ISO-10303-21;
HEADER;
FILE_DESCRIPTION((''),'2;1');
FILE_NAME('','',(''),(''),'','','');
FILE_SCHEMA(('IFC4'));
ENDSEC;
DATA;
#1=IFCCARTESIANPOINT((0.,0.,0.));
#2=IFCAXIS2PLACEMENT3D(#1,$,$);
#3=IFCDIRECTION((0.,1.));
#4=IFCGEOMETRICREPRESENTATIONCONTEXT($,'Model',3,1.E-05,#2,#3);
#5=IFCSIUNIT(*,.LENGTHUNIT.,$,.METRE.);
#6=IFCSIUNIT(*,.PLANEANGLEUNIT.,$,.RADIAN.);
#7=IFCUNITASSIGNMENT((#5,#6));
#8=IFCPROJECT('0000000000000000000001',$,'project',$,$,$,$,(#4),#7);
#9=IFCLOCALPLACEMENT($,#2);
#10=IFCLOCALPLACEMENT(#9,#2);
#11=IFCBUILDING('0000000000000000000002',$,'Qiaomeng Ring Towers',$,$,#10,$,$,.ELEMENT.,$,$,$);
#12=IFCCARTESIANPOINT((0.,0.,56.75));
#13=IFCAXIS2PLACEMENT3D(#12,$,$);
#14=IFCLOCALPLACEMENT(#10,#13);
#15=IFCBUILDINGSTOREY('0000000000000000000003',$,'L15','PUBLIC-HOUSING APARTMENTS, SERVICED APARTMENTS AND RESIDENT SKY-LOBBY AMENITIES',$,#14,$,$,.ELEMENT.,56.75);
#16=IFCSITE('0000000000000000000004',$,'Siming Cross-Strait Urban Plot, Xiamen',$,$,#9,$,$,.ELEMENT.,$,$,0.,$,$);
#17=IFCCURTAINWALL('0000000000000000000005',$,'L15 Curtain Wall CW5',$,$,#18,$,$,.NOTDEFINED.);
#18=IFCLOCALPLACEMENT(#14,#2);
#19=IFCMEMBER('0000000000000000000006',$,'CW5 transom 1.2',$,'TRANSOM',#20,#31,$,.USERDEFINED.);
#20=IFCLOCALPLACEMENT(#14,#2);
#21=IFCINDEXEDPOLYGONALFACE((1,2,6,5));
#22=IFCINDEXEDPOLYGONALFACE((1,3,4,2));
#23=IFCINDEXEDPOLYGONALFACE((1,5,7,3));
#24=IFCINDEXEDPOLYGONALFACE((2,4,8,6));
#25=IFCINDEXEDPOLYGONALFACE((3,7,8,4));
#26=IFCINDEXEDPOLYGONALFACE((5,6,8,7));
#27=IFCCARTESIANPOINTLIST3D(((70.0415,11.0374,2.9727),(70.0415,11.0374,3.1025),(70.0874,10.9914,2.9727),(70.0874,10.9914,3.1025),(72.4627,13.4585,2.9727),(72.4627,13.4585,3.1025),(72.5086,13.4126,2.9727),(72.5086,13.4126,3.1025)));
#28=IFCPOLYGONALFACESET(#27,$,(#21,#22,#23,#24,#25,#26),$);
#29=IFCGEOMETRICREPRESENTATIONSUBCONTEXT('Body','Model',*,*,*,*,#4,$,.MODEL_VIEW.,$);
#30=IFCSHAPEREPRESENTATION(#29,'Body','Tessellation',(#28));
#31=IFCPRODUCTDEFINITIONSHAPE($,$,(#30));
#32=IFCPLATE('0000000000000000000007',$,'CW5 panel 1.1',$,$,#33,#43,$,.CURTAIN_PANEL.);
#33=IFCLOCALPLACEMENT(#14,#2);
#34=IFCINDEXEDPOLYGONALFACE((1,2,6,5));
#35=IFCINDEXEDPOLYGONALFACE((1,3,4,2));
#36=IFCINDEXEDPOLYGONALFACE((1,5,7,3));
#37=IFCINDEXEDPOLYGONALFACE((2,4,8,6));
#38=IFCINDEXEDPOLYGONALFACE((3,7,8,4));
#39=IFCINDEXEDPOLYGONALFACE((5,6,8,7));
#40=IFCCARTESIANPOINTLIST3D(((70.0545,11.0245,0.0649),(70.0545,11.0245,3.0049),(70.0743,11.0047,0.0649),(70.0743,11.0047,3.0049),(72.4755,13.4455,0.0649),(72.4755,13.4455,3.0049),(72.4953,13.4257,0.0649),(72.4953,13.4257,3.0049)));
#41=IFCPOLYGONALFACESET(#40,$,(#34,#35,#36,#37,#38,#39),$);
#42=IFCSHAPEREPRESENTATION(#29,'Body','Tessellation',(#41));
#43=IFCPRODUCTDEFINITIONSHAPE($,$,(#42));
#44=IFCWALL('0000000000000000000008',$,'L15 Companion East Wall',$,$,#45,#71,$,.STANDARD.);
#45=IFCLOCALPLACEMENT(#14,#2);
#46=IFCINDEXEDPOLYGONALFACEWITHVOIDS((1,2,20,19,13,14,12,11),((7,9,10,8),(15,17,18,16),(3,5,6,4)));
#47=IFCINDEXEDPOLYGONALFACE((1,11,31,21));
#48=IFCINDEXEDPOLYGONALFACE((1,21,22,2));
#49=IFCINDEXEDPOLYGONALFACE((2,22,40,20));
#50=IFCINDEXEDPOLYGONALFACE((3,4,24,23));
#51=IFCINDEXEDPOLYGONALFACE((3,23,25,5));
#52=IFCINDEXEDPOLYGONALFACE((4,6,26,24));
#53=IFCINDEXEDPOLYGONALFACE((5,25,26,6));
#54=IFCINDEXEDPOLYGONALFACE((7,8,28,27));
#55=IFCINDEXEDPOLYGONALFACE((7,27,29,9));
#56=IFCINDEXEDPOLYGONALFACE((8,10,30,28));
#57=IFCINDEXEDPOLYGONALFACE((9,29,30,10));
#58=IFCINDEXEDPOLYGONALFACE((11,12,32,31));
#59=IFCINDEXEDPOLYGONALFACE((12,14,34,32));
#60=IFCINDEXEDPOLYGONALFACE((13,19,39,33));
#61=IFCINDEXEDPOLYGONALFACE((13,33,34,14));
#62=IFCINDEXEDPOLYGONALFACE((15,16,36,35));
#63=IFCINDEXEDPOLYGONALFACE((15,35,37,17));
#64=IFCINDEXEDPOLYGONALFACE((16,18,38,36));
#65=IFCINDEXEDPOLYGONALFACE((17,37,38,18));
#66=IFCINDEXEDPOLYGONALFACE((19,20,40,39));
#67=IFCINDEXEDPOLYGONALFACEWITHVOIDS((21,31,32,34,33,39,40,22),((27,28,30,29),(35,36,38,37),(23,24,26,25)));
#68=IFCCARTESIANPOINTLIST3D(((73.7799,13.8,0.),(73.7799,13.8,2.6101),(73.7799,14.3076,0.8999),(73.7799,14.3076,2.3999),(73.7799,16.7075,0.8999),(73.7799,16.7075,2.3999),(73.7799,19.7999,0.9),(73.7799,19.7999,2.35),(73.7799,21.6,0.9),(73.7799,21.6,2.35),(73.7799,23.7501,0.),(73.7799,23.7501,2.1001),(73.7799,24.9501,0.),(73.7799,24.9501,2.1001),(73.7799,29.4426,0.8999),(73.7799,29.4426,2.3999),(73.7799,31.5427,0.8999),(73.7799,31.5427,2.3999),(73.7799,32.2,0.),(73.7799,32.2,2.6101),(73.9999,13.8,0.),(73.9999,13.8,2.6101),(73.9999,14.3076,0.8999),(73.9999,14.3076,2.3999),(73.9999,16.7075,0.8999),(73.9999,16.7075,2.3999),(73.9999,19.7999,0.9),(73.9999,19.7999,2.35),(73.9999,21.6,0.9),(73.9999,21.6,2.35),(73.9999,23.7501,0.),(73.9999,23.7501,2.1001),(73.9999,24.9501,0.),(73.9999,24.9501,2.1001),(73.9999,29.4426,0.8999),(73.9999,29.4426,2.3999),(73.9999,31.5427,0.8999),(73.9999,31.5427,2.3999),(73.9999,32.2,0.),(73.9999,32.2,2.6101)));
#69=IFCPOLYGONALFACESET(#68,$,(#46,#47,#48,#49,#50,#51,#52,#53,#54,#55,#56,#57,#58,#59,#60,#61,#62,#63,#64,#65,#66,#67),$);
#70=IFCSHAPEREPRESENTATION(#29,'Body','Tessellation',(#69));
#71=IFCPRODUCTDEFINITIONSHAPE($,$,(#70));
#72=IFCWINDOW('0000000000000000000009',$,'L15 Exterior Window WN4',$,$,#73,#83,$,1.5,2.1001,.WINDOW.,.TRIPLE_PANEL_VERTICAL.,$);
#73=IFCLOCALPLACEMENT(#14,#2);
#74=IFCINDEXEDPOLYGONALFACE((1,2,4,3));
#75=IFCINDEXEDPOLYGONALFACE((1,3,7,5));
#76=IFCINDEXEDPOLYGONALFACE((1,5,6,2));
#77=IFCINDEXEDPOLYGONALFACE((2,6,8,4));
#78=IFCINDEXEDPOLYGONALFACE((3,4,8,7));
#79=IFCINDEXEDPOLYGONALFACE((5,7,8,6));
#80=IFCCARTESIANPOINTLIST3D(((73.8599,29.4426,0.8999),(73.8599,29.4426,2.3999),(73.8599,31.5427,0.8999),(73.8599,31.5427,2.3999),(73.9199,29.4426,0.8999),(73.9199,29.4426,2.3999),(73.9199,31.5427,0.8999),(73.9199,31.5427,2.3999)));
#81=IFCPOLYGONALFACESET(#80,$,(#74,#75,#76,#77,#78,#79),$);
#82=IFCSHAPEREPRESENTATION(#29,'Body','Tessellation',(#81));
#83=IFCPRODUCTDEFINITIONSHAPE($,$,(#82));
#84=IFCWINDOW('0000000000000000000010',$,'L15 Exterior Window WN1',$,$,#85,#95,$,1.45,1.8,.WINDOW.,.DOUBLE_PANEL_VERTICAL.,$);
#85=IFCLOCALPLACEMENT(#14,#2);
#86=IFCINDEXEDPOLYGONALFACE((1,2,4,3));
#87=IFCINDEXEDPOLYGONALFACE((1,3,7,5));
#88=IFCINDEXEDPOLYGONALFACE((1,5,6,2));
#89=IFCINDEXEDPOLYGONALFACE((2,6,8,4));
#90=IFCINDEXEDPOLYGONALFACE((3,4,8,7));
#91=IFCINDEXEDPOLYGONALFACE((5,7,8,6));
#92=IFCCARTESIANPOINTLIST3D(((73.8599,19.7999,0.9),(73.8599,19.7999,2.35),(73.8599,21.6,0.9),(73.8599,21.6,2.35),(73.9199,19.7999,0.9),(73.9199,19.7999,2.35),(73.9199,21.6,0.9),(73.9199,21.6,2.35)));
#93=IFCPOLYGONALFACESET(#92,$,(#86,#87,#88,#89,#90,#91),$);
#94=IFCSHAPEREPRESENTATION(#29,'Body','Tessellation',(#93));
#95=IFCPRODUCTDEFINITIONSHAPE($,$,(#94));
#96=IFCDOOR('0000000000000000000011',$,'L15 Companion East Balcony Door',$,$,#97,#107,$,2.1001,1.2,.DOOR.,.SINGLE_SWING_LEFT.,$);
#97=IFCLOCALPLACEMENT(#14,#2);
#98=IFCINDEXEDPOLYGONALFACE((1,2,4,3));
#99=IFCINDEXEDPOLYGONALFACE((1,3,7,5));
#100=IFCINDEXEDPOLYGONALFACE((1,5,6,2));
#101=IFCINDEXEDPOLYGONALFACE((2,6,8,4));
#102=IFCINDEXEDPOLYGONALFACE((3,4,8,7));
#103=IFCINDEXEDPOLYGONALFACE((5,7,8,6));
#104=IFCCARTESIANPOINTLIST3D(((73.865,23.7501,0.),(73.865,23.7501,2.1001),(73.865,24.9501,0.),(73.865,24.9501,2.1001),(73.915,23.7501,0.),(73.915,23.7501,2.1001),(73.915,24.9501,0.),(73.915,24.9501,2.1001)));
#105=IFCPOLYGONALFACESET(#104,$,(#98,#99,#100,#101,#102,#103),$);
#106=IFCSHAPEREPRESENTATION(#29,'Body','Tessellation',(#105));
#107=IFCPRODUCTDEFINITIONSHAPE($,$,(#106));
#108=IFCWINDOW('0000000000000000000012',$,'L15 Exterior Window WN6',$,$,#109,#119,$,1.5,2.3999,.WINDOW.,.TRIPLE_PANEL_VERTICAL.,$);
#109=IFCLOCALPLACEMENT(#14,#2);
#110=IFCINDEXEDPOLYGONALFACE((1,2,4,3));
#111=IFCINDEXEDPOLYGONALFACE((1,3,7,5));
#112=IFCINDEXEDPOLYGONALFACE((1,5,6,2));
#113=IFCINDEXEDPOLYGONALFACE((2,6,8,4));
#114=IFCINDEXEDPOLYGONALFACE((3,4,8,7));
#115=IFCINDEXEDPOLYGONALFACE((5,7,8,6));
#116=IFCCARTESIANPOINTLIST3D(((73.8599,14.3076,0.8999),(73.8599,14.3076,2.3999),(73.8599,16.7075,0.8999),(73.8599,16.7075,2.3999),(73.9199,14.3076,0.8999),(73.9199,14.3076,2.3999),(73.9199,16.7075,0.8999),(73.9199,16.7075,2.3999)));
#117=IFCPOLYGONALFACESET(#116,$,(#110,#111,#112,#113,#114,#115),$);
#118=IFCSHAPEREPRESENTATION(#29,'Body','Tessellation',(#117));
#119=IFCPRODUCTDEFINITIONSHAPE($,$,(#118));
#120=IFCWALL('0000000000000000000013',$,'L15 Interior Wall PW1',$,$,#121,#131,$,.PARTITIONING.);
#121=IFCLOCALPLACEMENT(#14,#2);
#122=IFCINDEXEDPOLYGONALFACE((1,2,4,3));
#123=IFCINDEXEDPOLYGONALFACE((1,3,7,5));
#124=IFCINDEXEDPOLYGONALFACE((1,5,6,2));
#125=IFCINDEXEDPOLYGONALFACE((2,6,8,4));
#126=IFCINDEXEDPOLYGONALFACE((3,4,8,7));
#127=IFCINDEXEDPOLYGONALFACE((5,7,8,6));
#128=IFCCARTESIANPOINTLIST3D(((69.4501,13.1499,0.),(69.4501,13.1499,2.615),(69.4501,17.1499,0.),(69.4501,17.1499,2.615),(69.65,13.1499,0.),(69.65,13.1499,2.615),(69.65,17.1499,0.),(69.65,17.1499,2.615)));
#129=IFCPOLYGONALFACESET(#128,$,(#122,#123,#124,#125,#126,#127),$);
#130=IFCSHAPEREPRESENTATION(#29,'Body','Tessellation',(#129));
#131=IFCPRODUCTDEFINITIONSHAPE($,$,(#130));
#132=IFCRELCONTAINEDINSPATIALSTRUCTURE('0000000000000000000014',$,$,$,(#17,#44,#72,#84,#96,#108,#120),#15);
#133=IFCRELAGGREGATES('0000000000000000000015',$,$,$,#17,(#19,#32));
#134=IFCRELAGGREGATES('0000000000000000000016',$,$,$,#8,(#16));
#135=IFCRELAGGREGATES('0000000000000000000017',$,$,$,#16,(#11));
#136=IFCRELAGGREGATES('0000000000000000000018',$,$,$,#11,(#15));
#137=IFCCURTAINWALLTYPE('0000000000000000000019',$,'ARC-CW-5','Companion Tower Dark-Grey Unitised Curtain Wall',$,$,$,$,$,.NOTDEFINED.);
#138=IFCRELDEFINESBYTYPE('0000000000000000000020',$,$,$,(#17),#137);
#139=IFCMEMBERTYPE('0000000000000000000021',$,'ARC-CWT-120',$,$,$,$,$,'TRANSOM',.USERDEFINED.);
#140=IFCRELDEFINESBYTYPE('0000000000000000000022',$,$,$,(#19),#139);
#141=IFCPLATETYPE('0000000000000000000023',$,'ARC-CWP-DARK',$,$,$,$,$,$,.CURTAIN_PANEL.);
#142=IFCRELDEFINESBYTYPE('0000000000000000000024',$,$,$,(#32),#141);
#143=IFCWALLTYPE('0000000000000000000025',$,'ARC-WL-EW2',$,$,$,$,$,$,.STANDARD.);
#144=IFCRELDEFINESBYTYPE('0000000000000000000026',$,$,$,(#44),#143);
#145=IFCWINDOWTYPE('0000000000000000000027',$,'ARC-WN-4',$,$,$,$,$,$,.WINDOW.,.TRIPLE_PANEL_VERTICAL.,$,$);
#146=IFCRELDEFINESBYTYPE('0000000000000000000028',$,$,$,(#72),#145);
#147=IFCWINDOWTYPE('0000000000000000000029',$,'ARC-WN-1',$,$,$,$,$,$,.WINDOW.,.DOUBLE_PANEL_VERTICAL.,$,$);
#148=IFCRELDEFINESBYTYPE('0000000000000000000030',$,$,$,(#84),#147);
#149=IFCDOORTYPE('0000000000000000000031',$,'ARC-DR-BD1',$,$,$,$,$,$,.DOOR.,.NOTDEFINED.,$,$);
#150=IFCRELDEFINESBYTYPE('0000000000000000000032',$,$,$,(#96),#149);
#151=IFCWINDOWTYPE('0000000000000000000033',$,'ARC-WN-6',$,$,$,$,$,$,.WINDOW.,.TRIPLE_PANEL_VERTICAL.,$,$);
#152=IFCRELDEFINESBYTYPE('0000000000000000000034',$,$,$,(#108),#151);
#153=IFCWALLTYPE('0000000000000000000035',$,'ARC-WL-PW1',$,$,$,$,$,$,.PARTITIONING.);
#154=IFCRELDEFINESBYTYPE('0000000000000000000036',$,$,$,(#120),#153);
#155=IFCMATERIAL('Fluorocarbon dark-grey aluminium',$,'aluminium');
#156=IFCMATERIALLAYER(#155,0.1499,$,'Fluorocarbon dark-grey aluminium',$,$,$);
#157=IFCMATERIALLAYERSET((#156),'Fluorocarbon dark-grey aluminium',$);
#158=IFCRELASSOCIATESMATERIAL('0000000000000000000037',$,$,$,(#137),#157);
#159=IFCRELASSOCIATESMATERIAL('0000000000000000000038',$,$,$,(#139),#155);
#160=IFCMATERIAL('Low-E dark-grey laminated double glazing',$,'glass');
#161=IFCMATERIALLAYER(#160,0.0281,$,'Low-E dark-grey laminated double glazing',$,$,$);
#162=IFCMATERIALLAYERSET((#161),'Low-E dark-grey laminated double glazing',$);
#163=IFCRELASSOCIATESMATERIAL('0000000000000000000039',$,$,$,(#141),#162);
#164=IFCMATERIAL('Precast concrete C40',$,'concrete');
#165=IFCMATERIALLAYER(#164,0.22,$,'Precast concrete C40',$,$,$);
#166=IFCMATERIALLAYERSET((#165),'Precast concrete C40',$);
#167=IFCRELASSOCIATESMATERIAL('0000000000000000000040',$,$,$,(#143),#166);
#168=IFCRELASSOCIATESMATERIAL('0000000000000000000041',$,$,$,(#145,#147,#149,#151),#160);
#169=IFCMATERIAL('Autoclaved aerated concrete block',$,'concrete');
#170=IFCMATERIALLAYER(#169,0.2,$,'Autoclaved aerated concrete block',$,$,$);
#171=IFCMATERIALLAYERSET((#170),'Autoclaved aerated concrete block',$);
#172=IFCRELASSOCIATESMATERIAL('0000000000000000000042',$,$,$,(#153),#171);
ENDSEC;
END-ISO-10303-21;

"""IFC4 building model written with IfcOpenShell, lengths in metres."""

from ifc_helpers import new_model, si_unit, direction, frame, frame_2d, origin, origin_2d, place, context, subcontext, project, spatial, rectangle, extrude, source, transform, mapped, material, layer, layer_set, material_profile, profile_set, type_object, element, fill, aggregate, save


model = new_model("IFC4")

# Units and contexts
model_context = context("Model", 3, precision=1e-05, world=origin(), true_north=direction((0.0, 1.0)))
body_context = subcontext(model_context, "Body", "Model", "MODEL_VIEW")
ifc_project = project(units=[si_unit("LENGTHUNIT", "METRE"), si_unit("PLANEANGLEUNIT", "RADIAN")], contexts=[model_context])

# Site, building, storey
site_placement = place(None, origin())
site = spatial("IfcSite", under=ifc_project, at=site_placement, Name="Siming Cross-Strait Urban Plot, Xiamen", CompositionType="ELEMENT", RefElevation=0.0)
building_placement = place(site_placement, origin())
building = spatial("IfcBuilding", under=site, at=building_placement, Name="Qiaomeng Ring Towers", CompositionType="ELEMENT")
storey_placement = place(building_placement, frame((0.0, 0.0, 56.75)))
storey = spatial("IfcBuildingStorey", under=building, at=storey_placement, Name="L15", Description="PUBLIC-HOUSING APARTMENTS, SERVICED APARTMENTS AND RESIDENT SKY-LOBBY AMENITIES", CompositionType="ELEMENT", Elevation=56.75)

# Curtain wall
ifc_material_1 = material(Name="Fluorocarbon dark-grey aluminium", Category="aluminium")
ifc_layer_1 = layer(ifc_material_1, 0.1499, Name="Fluorocarbon dark-grey aluminium")
ifc_layer_set_1 = layer_set([ifc_layer_1], Name="Fluorocarbon dark-grey aluminium")
curtain_wall_type = type_object("IfcCurtainWallType", Name="ARC-CW-5", Description="Companion Tower Dark-Grey Unitised Curtain Wall", PredefinedType="NOTDEFINED", material=ifc_layer_set_1)
curtain_wall_1_placement = place(storey_placement, origin())
curtain_wall_1 = element("IfcCurtainWall", 1, at=curtain_wall_1_placement, inside=storey, type_object=curtain_wall_type, Name="L15 Curtain Wall CW5", PredefinedType="NOTDEFINED")

# Member
ifc_material_profile_1 = material_profile(ifc_material_1, rectangle(XDim=0.0649, YDim=0.1299, at=origin_2d()), Name="ALU TRAN 65x130")
ifc_profile_set_1 = profile_set([ifc_material_profile_1], Name="Fluorocarbon dark-grey aluminium")
member_type_1 = type_object("IfcMemberType", Name="ARC-CWT-120", ElementType="TRANSOM", PredefinedType="USERDEFINED", material=ifc_profile_set_1)
shared_shape_1 = source(origin(), body_context, "Body", "SweptSolid", [
    extrude(rectangle(XDim=0.0649, YDim=0.1299, at=origin_2d()), origin(), (0.0, 0.0, 1.0), 3.4241),
])
member_1_placement = place(storey_placement, frame((70.0645, 11.0144, 3.0376), z_axis=(0.707107, 0.707107, 0.0), x_axis=(-0.707107, 0.707107, 0.0)))
member_1 = element("IfcMember", 2, at=member_1_placement, type_object=member_type_1, Name="CW5 transom 1.2", ObjectType="TRANSOM", PredefinedType="USERDEFINED", context=body_context, shape_type="MappedRepresentation", body=[
    mapped(shared_shape_1, transform((0.0, 0.0, 0.0), x_axis=(1.0, 0.0, 0.0), y_axis=(0.0, 1.0, 0.0), z_axis=(0.0, 0.0, 1.0), scale=1.0)),
])

# Plate
ifc_material_2 = material(Name="Low-E dark-grey laminated double glazing", Category="glass")
ifc_layer_2 = layer(ifc_material_2, 0.0281, Name="Low-E dark-grey laminated double glazing")
ifc_layer_set_2 = layer_set([ifc_layer_2], Name="Low-E dark-grey laminated double glazing")
plate_type = type_object("IfcPlateType", Name="ARC-CWP-DARK", PredefinedType="CURTAIN_PANEL", material=ifc_layer_set_2)
shared_shape_2 = source(origin(), body_context, "Body", "SweptSolid", [
    extrude(rectangle(XDim=3.4238, YDim=0.0281, at=origin_2d()), origin(), (0.0, 0.0, 1.0), 2.9399),
])
plate_placement = place(storey_placement, frame((71.2749, 12.2251, 0.0649), z_axis=(0.0, 0.0, 1.0), x_axis=(0.707107, 0.707107, 0.0)))
plate = element("IfcPlate", 3, at=plate_placement, type_object=plate_type, Name="CW5 panel 1.1", PredefinedType="CURTAIN_PANEL", context=body_context, shape_type="MappedRepresentation", body=[
    mapped(shared_shape_2, transform((0.0, 0.0, 0.0), x_axis=(1.0, 0.0, 0.0), y_axis=(0.0, 1.0, 0.0), z_axis=(0.0, 0.0, 1.0), scale=1.0)),
])
aggregate(curtain_wall_1, [member_1, plate])

# Wall, openings, windows, door
ifc_material_3 = material(Name="Precast concrete C40", Category="concrete")
ifc_layer_3 = layer(ifc_material_3, 0.22, Name="Precast concrete C40")
ifc_layer_set_3 = layer_set([ifc_layer_3], Name="Precast concrete C40")
wall_type_1 = type_object("IfcWallType", Name="ARC-WL-EW2", PredefinedType="STANDARD", material=ifc_layer_set_3)
wall_1_placement = place(storey_placement, frame((73.8899, 13.8, 0.0), z_axis=(0.0, 0.0, 1.0), x_axis=(0.0, 1.0, 0.0)))
wall_1 = element("IfcWall", 4, at=wall_1_placement, inside=storey, type_object=wall_type_1, Name="L15 Companion East Wall", PredefinedType="STANDARD", context=body_context, shape_type="SweptSolid", body=[
    extrude(rectangle(XDim=18.3999, YDim=0.22, at=frame_2d((9.2, 0.0))), origin(), (0.0, 0.0, 1.0), 2.6101),
])
opening_1_placement = place(wall_1_placement, frame((9.95, 0.0, 0.0)))
opening_1 = element("IfcOpeningElement", 5, at=opening_1_placement, cuts=wall_1, PredefinedType="OPENING", context=body_context, shape_type="SweptSolid", body=[
    extrude(rectangle(XDim=1.2, YDim=2.1001, at=frame_2d((0.6001, 1.05))), frame((0.0, 0.1199, 0.0), z_axis=(0.0, -1.0, 0.0), x_axis=(1.0, 0.0, 0.0)), (0.0, 0.0, 1.0), 0.24),
])
opening_2_placement = place(wall_1_placement, frame((0.5076, 0.0, 0.8999)))
opening_2 = element("IfcOpeningElement", 6, at=opening_2_placement, cuts=wall_1, PredefinedType="OPENING", context=body_context, shape_type="SweptSolid", body=[
    extrude(rectangle(XDim=2.3999, YDim=1.5, at=frame_2d((1.2, 0.75))), frame((0.0, 0.1199, 0.0), z_axis=(0.0, -1.0, 0.0), x_axis=(1.0, 0.0, 0.0)), (0.0, 0.0, 1.0), 0.24),
])
opening_3_placement = place(wall_1_placement, frame((6.0, 0.0, 0.8999)))
opening_3 = element("IfcOpeningElement", 7, at=opening_3_placement, cuts=wall_1, PredefinedType="OPENING", context=body_context, shape_type="SweptSolid", body=[
    extrude(rectangle(XDim=1.8, YDim=1.45, at=frame_2d((0.8999, 0.7251))), frame((0.0, 0.1199, 0.0), z_axis=(0.0, -1.0, 0.0), x_axis=(1.0, 0.0, 0.0)), (0.0, 0.0, 1.0), 0.24),
])
opening_4_placement = place(wall_1_placement, frame((15.6426, 0.0, 0.8999)))
opening_4 = element("IfcOpeningElement", 8, at=opening_4_placement, cuts=wall_1, PredefinedType="OPENING", context=body_context, shape_type="SweptSolid", body=[
    extrude(rectangle(XDim=2.1001, YDim=1.5, at=frame_2d((1.05, 0.75))), frame((0.0, 0.1199, 0.0), z_axis=(0.0, -1.0, 0.0), x_axis=(1.0, 0.0, 0.0)), (0.0, 0.0, 1.0), 0.24),
])
window_type_1 = type_object("IfcWindowType", Name="ARC-WN-4", PartitioningType="TRIPLE_PANEL_VERTICAL", PredefinedType="WINDOW", material=ifc_material_2)
shared_shape_3 = source(origin(), body_context, "Body", "SweptSolid", [
    extrude(rectangle(XDim=2.1001, YDim=1.5, at=frame_2d((1.05, 0.75))), frame((0.0, 0.03, 0.0), z_axis=(0.0, -1.0, 0.0), x_axis=(1.0, 0.0, 0.0)), (0.0, 0.0, 1.0), 0.0601),
])
window_1_placement = place(opening_4_placement, origin())
window_1 = element("IfcWindow", 9, at=window_1_placement, inside=storey, type_object=window_type_1, Name="L15 Exterior Window WN4", OverallHeight=1.5, OverallWidth=2.1001, PartitioningType="TRIPLE_PANEL_VERTICAL", PredefinedType="WINDOW", context=body_context, shape_type="MappedRepresentation", body=[
    mapped(shared_shape_3, transform((0.0, 0.0, 0.0), x_axis=(1.0, 0.0, 0.0), y_axis=(0.0, 1.0, 0.0), z_axis=(0.0, 0.0, 1.0), scale=1.0)),
])
fill(opening_4, window_1)
window_type_2 = type_object("IfcWindowType", Name="ARC-WN-1", PartitioningType="DOUBLE_PANEL_VERTICAL", PredefinedType="WINDOW", material=ifc_material_2)
shared_shape_4 = source(origin(), body_context, "Body", "SweptSolid", [
    extrude(rectangle(XDim=1.8, YDim=1.45, at=frame_2d((0.8999, 0.7251))), frame((0.0, 0.03, 0.0), z_axis=(0.0, -1.0, 0.0), x_axis=(1.0, 0.0, 0.0)), (0.0, 0.0, 1.0), 0.0601),
])
window_2_placement = place(opening_3_placement, origin())
window_2 = element("IfcWindow", 10, at=window_2_placement, inside=storey, type_object=window_type_2, Name="L15 Exterior Window WN1", OverallHeight=1.45, OverallWidth=1.8, PartitioningType="DOUBLE_PANEL_VERTICAL", PredefinedType="WINDOW", context=body_context, shape_type="MappedRepresentation", body=[
    mapped(shared_shape_4, transform((0.0, 0.0, 0.0), x_axis=(1.0, 0.0, 0.0), y_axis=(0.0, 1.0, 0.0), z_axis=(0.0, 0.0, 1.0), scale=1.0)),
])
fill(opening_3, window_2)
door_type_1 = type_object("IfcDoorType", Name="ARC-DR-BD1", OperationType="NOTDEFINED", PredefinedType="DOOR", material=ifc_material_2)
shared_shape_5 = source(origin(), body_context, "Body", "SweptSolid", [
    extrude(rectangle(XDim=1.2, YDim=2.1001, at=frame_2d((0.6001, 1.05))), frame((0.0, 0.0249, 0.0), z_axis=(0.0, -1.0, 0.0), x_axis=(1.0, 0.0, 0.0)), (0.0, 0.0, 1.0), 0.05),
])
door_1_placement = place(opening_1_placement, origin())
door_1 = element("IfcDoor", 11, at=door_1_placement, inside=storey, type_object=door_type_1, Name="L15 Companion East Balcony Door", OperationType="SINGLE_SWING_LEFT", OverallHeight=2.1001, OverallWidth=1.2, PredefinedType="DOOR", context=body_context, shape_type="MappedRepresentation", body=[
    mapped(shared_shape_5, transform((0.0, 0.0, 0.0), x_axis=(1.0, 0.0, 0.0), y_axis=(0.0, 1.0, 0.0), z_axis=(0.0, 0.0, 1.0), scale=1.0)),
])
fill(opening_1, door_1)
window_type_3 = type_object("IfcWindowType", Name="ARC-WN-6", PartitioningType="TRIPLE_PANEL_VERTICAL", PredefinedType="WINDOW", material=ifc_material_2)
shared_shape_6 = source(origin(), body_context, "Body", "SweptSolid", [
    extrude(rectangle(XDim=2.3999, YDim=1.5, at=frame_2d((1.2, 0.75))), frame((0.0, 0.03, 0.0), z_axis=(0.0, -1.0, 0.0), x_axis=(1.0, 0.0, 0.0)), (0.0, 0.0, 1.0), 0.0601),
])
window_3_placement = place(opening_2_placement, origin())
window_3 = element("IfcWindow", 12, at=window_3_placement, inside=storey, type_object=window_type_3, Name="L15 Exterior Window WN6", OverallHeight=1.5, OverallWidth=2.3999, PartitioningType="TRIPLE_PANEL_VERTICAL", PredefinedType="WINDOW", context=body_context, shape_type="MappedRepresentation", body=[
    mapped(shared_shape_6, transform((0.0, 0.0, 0.0), x_axis=(1.0, 0.0, 0.0), y_axis=(0.0, 1.0, 0.0), z_axis=(0.0, 0.0, 1.0), scale=1.0)),
])
fill(opening_2, window_3)

# Wall
ifc_material_4 = material(Name="Autoclaved aerated concrete block", Category="concrete")
ifc_layer_4 = layer(ifc_material_4, 0.2, Name="Autoclaved aerated concrete block")
ifc_layer_set_4 = layer_set([ifc_layer_4], Name="Autoclaved aerated concrete block")
wall_type_2 = type_object("IfcWallType", Name="ARC-WL-PW1", PredefinedType="PARTITIONING", material=ifc_layer_set_4)
wall_2_placement = place(storey_placement, frame((69.55, 13.1499, 0.0), z_axis=(0.0, 0.0, 1.0), x_axis=(0.0, 1.0, 0.0)))
element("IfcWall", 13, at=wall_2_placement, inside=storey, type_object=wall_type_2, Name="L15 Interior Wall PW1", PredefinedType="PARTITIONING", context=body_context, shape_type="SweptSolid", body=[
    extrude(rectangle(XDim=4.0, YDim=0.2, at=frame_2d((2.0, 0.0))), origin(), (0.0, 0.0, 1.0), 2.615),
])

save(model, "model.ifc")
